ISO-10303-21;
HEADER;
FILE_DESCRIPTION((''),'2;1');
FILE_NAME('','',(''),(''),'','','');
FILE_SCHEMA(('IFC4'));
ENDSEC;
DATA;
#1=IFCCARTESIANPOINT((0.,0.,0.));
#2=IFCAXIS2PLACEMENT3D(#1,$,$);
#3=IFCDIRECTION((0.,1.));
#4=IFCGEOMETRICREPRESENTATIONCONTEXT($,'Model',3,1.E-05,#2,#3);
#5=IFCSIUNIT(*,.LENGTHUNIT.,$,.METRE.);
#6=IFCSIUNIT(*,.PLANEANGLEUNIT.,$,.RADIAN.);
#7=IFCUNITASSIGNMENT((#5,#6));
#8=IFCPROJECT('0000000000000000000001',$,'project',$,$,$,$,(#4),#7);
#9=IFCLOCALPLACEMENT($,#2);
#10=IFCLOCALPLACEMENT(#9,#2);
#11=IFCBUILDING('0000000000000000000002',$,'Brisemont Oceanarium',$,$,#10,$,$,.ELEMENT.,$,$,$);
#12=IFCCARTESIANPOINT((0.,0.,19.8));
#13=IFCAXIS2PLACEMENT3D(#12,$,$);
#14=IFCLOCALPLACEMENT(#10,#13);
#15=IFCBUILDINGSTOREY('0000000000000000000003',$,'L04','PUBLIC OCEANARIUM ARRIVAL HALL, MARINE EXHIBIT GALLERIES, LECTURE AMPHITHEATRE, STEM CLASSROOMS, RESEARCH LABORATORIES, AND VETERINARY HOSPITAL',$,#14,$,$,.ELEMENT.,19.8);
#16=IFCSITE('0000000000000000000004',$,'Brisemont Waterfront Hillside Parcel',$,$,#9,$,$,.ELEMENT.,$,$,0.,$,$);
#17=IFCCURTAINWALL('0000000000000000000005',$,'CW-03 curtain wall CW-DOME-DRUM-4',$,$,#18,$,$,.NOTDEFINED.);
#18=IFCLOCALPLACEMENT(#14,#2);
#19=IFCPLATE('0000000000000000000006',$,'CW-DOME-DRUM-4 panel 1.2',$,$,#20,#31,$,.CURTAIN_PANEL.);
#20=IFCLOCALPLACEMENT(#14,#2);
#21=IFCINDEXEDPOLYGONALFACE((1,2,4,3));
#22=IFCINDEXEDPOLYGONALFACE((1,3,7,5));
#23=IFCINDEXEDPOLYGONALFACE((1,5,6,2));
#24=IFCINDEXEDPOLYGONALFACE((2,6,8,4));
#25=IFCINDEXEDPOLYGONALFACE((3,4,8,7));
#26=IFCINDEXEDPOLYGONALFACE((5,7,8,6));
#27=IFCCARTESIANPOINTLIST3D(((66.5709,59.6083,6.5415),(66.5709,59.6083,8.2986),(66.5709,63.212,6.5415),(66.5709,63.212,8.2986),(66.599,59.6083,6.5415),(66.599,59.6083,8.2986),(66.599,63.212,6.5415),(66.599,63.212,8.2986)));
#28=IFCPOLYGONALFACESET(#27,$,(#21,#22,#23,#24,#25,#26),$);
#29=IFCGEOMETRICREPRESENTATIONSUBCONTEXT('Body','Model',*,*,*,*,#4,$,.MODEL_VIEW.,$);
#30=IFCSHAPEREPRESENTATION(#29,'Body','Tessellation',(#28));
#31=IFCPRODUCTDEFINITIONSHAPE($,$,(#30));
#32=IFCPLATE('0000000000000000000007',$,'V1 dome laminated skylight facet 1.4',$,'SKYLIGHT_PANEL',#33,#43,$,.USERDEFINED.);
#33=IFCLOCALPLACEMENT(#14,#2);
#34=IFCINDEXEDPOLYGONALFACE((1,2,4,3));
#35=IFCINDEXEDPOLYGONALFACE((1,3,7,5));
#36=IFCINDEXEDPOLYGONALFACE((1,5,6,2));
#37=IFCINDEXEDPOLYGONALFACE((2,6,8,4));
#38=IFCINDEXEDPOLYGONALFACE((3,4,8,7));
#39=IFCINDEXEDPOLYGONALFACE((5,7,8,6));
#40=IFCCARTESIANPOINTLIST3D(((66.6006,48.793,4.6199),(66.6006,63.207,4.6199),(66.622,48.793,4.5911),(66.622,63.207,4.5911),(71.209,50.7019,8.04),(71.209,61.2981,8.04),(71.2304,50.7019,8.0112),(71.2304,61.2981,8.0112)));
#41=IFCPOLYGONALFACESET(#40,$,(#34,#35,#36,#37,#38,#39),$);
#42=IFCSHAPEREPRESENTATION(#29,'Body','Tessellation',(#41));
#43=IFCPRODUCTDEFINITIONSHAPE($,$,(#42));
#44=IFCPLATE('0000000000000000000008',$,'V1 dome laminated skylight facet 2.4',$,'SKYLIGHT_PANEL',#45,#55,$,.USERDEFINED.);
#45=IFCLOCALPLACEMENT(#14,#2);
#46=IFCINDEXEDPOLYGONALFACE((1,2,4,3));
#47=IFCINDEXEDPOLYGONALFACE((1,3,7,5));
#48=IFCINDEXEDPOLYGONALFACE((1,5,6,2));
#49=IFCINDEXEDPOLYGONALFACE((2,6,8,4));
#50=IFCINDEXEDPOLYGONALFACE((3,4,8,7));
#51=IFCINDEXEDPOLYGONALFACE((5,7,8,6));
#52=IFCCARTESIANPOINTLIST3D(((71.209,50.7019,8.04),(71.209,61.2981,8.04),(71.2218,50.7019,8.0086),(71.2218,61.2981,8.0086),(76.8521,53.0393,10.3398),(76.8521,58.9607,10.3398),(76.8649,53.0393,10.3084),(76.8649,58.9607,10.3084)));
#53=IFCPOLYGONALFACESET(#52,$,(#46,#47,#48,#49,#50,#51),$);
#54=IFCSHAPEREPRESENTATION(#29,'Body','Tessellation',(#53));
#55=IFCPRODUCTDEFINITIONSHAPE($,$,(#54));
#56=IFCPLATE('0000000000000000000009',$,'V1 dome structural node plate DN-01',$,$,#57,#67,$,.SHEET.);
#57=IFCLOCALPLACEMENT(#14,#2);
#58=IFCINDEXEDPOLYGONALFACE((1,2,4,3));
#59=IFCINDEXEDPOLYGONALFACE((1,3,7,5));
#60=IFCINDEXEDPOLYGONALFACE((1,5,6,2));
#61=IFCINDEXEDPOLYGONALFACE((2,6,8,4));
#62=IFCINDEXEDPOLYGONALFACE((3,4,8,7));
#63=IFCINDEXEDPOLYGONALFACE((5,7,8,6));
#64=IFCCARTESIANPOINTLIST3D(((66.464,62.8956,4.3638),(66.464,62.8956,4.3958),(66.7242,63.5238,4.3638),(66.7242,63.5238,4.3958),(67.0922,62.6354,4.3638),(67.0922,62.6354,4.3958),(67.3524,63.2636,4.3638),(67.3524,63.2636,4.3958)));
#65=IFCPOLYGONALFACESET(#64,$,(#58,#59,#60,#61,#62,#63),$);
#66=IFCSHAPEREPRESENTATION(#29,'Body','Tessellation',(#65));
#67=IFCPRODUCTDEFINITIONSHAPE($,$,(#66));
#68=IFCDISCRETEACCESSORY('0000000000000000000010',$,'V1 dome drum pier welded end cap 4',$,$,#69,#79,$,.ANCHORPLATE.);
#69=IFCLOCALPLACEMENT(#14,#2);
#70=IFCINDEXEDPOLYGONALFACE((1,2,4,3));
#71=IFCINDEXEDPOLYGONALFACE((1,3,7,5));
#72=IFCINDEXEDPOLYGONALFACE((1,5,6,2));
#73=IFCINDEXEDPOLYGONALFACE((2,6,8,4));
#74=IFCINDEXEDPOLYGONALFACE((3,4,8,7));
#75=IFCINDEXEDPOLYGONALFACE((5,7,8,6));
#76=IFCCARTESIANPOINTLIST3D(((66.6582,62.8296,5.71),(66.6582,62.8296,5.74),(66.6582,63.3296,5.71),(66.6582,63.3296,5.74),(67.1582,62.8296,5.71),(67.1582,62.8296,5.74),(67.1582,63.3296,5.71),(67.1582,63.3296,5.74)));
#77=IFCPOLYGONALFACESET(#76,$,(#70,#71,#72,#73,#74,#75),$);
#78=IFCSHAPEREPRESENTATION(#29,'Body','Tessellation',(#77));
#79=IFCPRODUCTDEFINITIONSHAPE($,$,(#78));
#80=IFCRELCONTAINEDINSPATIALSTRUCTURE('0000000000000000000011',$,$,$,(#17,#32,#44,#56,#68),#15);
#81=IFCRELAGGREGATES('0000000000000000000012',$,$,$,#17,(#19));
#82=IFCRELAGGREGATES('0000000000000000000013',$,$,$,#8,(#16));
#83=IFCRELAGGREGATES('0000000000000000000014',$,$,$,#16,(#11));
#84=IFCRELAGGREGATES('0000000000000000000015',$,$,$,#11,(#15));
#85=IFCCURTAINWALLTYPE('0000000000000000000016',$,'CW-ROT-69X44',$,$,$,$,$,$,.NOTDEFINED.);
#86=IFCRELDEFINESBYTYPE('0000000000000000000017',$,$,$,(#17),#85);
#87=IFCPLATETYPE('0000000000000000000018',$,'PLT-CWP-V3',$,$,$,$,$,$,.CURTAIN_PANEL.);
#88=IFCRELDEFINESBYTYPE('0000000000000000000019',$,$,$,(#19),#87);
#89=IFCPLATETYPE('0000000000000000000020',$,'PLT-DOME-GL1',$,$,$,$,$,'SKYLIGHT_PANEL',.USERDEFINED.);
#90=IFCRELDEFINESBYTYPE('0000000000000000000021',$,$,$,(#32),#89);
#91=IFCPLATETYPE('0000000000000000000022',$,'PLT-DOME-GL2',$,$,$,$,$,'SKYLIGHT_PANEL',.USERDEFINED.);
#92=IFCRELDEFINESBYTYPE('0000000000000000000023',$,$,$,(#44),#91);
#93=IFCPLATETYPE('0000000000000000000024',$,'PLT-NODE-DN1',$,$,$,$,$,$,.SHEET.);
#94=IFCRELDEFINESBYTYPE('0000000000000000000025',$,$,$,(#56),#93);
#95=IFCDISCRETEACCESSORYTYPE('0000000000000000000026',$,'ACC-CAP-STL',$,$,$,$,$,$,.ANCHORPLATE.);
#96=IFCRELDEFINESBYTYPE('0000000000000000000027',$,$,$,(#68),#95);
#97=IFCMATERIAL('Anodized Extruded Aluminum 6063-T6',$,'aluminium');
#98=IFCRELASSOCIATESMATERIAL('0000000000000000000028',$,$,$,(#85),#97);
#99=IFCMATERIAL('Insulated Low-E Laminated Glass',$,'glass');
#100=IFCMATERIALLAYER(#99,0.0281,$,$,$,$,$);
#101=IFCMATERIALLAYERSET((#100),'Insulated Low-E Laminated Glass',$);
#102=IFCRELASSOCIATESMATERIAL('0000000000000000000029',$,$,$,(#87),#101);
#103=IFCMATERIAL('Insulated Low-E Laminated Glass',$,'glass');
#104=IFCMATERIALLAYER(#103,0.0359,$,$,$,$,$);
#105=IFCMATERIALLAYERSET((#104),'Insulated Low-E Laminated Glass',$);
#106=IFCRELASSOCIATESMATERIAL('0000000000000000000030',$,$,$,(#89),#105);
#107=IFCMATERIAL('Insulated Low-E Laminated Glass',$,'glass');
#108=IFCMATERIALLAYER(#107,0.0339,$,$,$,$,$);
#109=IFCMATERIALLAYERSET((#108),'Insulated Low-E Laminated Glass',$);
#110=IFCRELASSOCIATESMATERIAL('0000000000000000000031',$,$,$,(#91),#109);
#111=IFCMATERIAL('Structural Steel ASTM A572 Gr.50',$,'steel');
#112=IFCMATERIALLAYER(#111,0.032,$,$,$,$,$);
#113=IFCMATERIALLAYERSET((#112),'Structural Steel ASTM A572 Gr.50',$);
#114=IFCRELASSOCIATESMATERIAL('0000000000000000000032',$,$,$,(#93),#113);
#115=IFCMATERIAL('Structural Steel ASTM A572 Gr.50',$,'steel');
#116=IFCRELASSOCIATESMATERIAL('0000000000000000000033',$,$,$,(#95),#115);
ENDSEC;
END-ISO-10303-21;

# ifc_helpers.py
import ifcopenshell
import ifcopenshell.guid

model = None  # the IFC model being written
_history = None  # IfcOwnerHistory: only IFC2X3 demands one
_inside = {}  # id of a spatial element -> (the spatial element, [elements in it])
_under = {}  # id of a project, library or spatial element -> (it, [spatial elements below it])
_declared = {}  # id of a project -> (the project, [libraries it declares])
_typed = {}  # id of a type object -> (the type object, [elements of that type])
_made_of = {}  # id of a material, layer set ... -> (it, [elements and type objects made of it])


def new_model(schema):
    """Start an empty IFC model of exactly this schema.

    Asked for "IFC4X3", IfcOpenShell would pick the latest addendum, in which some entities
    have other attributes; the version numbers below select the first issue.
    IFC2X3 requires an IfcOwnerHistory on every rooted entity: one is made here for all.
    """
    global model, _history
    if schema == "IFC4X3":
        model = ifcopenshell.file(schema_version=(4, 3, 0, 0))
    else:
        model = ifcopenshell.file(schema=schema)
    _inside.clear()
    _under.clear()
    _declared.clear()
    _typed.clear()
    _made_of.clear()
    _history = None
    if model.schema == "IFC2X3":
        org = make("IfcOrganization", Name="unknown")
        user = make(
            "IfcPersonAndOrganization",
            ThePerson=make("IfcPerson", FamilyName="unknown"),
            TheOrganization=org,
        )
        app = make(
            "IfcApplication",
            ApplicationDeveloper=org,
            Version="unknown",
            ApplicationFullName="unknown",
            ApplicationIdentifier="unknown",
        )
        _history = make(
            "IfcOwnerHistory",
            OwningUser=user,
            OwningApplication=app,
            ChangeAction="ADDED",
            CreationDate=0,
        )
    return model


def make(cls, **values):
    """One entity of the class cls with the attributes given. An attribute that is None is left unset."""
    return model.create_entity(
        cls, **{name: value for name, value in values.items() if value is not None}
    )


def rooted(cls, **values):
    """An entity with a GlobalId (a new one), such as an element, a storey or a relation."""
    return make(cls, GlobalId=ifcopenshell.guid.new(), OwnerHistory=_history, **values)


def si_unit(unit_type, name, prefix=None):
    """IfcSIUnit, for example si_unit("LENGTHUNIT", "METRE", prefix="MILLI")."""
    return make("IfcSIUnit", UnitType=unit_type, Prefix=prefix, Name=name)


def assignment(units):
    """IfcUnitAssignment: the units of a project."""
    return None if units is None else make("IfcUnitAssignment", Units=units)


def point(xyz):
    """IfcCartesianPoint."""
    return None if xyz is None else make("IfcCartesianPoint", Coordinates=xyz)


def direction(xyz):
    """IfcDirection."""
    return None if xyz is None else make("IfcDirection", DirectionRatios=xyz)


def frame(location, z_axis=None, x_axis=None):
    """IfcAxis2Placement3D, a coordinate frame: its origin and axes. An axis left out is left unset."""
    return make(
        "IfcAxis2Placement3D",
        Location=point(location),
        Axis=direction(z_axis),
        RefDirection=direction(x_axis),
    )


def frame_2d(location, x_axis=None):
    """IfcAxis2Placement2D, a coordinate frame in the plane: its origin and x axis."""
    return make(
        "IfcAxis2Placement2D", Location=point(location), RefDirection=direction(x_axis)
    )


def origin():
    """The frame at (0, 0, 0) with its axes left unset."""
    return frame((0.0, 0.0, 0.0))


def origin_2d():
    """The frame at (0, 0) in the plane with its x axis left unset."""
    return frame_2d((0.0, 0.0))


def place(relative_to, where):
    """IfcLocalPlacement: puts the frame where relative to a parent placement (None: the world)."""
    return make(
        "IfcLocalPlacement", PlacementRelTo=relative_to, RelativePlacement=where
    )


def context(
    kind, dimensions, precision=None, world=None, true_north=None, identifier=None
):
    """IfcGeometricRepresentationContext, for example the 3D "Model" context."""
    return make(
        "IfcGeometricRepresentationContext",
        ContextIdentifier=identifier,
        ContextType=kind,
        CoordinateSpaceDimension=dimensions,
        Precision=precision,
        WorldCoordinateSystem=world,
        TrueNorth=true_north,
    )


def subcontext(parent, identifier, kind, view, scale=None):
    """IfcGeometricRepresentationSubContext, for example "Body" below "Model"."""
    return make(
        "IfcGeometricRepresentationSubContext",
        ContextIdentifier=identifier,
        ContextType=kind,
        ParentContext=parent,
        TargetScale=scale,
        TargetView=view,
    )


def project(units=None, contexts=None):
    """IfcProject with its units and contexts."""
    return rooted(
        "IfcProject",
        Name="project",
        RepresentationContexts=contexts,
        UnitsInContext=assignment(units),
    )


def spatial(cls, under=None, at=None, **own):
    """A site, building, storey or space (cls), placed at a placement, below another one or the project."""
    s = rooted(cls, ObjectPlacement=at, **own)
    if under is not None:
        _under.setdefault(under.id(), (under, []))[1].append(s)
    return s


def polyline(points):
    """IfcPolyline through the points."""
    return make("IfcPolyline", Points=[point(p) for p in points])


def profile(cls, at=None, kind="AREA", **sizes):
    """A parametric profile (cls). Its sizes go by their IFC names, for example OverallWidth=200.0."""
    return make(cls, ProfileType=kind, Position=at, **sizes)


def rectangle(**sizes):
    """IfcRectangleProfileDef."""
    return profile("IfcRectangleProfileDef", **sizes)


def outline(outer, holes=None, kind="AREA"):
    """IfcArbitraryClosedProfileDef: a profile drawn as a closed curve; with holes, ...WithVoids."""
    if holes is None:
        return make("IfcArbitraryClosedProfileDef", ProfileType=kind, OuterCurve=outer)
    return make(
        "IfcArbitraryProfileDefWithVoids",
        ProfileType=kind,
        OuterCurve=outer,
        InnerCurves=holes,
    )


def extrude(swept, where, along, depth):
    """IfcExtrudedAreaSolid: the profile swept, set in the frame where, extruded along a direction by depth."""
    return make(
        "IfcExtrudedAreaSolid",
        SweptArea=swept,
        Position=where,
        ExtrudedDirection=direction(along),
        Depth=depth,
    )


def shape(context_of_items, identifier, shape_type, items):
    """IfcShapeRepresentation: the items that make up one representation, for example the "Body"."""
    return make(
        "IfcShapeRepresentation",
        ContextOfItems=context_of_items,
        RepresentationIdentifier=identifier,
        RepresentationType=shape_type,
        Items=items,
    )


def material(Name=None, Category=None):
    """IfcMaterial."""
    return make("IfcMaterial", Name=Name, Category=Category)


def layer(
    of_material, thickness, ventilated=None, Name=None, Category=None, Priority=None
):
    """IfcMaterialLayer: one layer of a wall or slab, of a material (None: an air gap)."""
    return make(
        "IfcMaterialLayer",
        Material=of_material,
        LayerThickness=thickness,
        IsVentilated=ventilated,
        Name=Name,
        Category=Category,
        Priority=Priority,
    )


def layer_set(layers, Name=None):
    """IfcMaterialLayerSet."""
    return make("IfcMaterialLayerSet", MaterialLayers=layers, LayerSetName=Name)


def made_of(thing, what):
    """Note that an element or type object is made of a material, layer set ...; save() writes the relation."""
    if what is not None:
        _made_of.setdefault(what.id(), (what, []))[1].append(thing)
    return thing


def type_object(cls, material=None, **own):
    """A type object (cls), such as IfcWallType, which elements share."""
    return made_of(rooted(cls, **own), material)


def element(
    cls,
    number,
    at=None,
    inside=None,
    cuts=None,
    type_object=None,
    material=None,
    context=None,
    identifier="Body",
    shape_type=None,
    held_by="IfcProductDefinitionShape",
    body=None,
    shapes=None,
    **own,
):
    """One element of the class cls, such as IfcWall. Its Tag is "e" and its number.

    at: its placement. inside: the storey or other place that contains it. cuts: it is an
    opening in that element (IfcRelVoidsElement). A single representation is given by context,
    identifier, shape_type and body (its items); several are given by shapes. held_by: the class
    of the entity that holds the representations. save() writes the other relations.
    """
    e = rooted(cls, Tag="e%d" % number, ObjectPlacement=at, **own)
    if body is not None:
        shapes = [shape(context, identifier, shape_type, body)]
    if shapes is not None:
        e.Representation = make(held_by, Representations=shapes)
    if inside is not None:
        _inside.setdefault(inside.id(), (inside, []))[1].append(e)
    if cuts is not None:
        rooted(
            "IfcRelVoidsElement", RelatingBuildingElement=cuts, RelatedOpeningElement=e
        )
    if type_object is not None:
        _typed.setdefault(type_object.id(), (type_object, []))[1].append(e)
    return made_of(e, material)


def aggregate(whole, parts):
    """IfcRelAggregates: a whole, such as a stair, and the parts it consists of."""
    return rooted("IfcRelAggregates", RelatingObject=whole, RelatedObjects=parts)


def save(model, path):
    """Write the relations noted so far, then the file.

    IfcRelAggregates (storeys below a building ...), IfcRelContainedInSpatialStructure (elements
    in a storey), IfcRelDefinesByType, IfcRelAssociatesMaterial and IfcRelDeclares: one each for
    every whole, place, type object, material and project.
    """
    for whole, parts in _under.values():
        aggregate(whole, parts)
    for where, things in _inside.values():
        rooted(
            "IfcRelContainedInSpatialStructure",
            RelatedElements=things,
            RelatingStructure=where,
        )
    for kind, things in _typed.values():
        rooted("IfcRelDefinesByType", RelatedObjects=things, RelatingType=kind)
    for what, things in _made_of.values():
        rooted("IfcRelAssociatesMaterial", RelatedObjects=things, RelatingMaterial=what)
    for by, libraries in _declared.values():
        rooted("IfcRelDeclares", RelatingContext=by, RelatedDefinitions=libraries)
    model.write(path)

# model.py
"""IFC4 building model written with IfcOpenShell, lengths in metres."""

from ifc_helpers import new_model, si_unit, direction, frame, origin, origin_2d, place, context, subcontext, project, spatial, polyline, rectangle, outline, extrude, material, layer, layer_set, type_object, element, aggregate, save


model = new_model("IFC4")

# Units and contexts
model_context = context("Model", 3, precision=1e-05, world=origin(), true_north=direction((0.0, 1.0)))
body_context = subcontext(model_context, "Body", "Model", "MODEL_VIEW")
ifc_project = project(units=[si_unit("LENGTHUNIT", "METRE"), si_unit("PLANEANGLEUNIT", "RADIAN")], contexts=[model_context])

# Site, building, storey
site_placement = place(None, origin())
site = spatial("IfcSite", under=ifc_project, at=site_placement, Name="Brisemont Waterfront Hillside Parcel", CompositionType="ELEMENT", RefElevation=0.0)
building_placement = place(site_placement, origin())
building = spatial("IfcBuilding", under=site, at=building_placement, Name="Brisemont Oceanarium", CompositionType="ELEMENT")
storey_placement = place(building_placement, frame((0.0, 0.0, 19.8)))
storey = spatial("IfcBuildingStorey", under=building, at=storey_placement, Name="L04", Description="PUBLIC OCEANARIUM ARRIVAL HALL, MARINE EXHIBIT GALLERIES, LECTURE AMPHITHEATRE, STEM CLASSROOMS, RESEARCH LABORATORIES, AND VETERINARY HOSPITAL", CompositionType="ELEMENT", Elevation=19.8)

# Curtain wall
ifc_material_1 = material(Name="Anodized Extruded Aluminum 6063-T6", Category="aluminium")
curtain_wall_type_1 = type_object("IfcCurtainWallType", Name="CW-ROT-69X44", PredefinedType="NOTDEFINED", material=ifc_material_1)
curtain_wall_1_placement = place(storey_placement, origin())
curtain_wall_1 = element("IfcCurtainWall", 1, at=curtain_wall_1_placement, inside=storey, type_object=curtain_wall_type_1, Name="CW-03 curtain wall CW-DOME-DRUM-4", PredefinedType="NOTDEFINED")

# Plate
ifc_material_2 = material(Name="Insulated Low-E Laminated Glass", Category="glass")
ifc_layer_1 = layer(ifc_material_2, 0.0281)
ifc_layer_set_1 = layer_set([ifc_layer_1], Name="Insulated Low-E Laminated Glass")
plate_type_1 = type_object("IfcPlateType", Name="PLT-CWP-V3", PredefinedType="CURTAIN_PANEL", material=ifc_layer_set_1)
plate_1_placement = place(storey_placement, frame((66.585, 61.4102, 6.5415), z_axis=(0.0, 0.0, 1.0), x_axis=(0.0, -1.0, 0.0)))
plate_1 = element("IfcPlate", 2, at=plate_1_placement, type_object=plate_type_1, Name="CW-DOME-DRUM-4 panel 1.2", PredefinedType="CURTAIN_PANEL", context=body_context, shape_type="SweptSolid", body=[
    extrude(rectangle(XDim=3.6038, YDim=0.0281, at=origin_2d()), origin(), (0.0, 0.0, 1.0), 1.7571),
])
aggregate(curtain_wall_1, [plate_1])

# Plates
ifc_material_3 = material(Name="Insulated Low-E Laminated Glass", Category="glass")
ifc_layer_2 = layer(ifc_material_3, 0.0359)
ifc_layer_set_2 = layer_set([ifc_layer_2], Name="Insulated Low-E Laminated Glass")
plate_type_2 = type_object("IfcPlateType", Name="PLT-DOME-GL1", ElementType="SKYLIGHT_PANEL", PredefinedType="USERDEFINED", material=ifc_layer_set_2)
plate_2_placement = place(storey_placement, frame((66.6006, 63.207, 4.6199), z_axis=(-0.595963, 0.0, 0.803012), x_axis=(0.0, -1.0, 0.0)))
element("IfcPlate", 3, at=plate_2_placement, inside=storey, type_object=plate_type_2, Name="V1 dome laminated skylight facet 1.4", ObjectType="SKYLIGHT_PANEL", PredefinedType="USERDEFINED", context=body_context, shape_type="SweptSolid", body=[
    extrude(outline(polyline([(0.0, 0.0), (14.4141, 0.0), (12.5051, 5.7389), (1.9089, 5.7389), (0.0, 0.0)])), origin(), (0.0, 0.0, -1.0), 0.0359),
])
ifc_material_4 = material(Name="Insulated Low-E Laminated Glass", Category="glass")
ifc_layer_3 = layer(ifc_material_4, 0.0339)
ifc_layer_set_3 = layer_set([ifc_layer_3], Name="Insulated Low-E Laminated Glass")
plate_type_3 = type_object("IfcPlateType", Name="PLT-DOME-GL2", ElementType="SKYLIGHT_PANEL", PredefinedType="USERDEFINED", material=ifc_layer_set_3)
plate_3_placement = place(storey_placement, frame((71.209, 61.2981, 8.04), z_axis=(-0.377406, 0.0, 0.926048), x_axis=(0.0, -1.0, 0.0)))
element("IfcPlate", 4, at=plate_3_placement, inside=storey, type_object=plate_type_3, Name="V1 dome laminated skylight facet 2.4", ObjectType="SKYLIGHT_PANEL", PredefinedType="USERDEFINED", context=body_context, shape_type="SweptSolid", body=[
    extrude(outline(polyline([(0.0, 0.0), (10.5962, 0.0), (8.2588, 6.0937), (2.3374, 6.0937), (0.0, 0.0)])), origin(), (0.0, 0.0, -1.0), 0.0339),
])
ifc_material_5 = material(Name="Structural Steel ASTM A572 Gr.50", Category="steel")
ifc_layer_4 = layer(ifc_material_5, 0.032)
ifc_layer_set_4 = layer_set([ifc_layer_4], Name="Structural Steel ASTM A572 Gr.50")
plate_type_4 = type_object("IfcPlateType", Name="PLT-NODE-DN1", PredefinedType="SHEET", material=ifc_layer_set_4)
plate_4_placement = place(storey_placement, frame((66.9082, 63.0796, 4.3638), z_axis=(0.0, 0.0, 1.0), x_axis=(-0.92388, 0.382683, 0.0)))
element("IfcPlate", 5, at=plate_4_placement, inside=storey, type_object=plate_type_4, Name="V1 dome structural node plate DN-01", PredefinedType="SHEET", context=body_context, shape_type="SweptSolid", body=[
    extrude(rectangle(XDim=0.6799, YDim=0.6799, at=origin_2d()), origin(), (0.0, 0.0, 1.0), 0.032),
])

# Discrete accessory
ifc_material_6 = material(Name="Structural Steel ASTM A572 Gr.50", Category="steel")
discrete_accessory_type = type_object("IfcDiscreteAccessoryType", Name="ACC-CAP-STL", PredefinedType="ANCHORPLATE", material=ifc_material_6)
discrete_accessory_placement = place(storey_placement, frame((66.9082, 63.0796, 5.71), z_axis=(0.0, 0.0, 1.0), x_axis=(1.0, 0.0, 0.0)))
element("IfcDiscreteAccessory", 6, at=discrete_accessory_placement, inside=storey, type_object=discrete_accessory_type, Name="V1 dome drum pier welded end cap 4", PredefinedType="ANCHORPLATE", context=body_context, shape_type="SweptSolid", body=[
    extrude(rectangle(XDim=0.5, YDim=0.5, at=origin_2d()), origin(), (0.0, 0.0, 1.0), 0.03),
])

save(model, "model.ifc")
